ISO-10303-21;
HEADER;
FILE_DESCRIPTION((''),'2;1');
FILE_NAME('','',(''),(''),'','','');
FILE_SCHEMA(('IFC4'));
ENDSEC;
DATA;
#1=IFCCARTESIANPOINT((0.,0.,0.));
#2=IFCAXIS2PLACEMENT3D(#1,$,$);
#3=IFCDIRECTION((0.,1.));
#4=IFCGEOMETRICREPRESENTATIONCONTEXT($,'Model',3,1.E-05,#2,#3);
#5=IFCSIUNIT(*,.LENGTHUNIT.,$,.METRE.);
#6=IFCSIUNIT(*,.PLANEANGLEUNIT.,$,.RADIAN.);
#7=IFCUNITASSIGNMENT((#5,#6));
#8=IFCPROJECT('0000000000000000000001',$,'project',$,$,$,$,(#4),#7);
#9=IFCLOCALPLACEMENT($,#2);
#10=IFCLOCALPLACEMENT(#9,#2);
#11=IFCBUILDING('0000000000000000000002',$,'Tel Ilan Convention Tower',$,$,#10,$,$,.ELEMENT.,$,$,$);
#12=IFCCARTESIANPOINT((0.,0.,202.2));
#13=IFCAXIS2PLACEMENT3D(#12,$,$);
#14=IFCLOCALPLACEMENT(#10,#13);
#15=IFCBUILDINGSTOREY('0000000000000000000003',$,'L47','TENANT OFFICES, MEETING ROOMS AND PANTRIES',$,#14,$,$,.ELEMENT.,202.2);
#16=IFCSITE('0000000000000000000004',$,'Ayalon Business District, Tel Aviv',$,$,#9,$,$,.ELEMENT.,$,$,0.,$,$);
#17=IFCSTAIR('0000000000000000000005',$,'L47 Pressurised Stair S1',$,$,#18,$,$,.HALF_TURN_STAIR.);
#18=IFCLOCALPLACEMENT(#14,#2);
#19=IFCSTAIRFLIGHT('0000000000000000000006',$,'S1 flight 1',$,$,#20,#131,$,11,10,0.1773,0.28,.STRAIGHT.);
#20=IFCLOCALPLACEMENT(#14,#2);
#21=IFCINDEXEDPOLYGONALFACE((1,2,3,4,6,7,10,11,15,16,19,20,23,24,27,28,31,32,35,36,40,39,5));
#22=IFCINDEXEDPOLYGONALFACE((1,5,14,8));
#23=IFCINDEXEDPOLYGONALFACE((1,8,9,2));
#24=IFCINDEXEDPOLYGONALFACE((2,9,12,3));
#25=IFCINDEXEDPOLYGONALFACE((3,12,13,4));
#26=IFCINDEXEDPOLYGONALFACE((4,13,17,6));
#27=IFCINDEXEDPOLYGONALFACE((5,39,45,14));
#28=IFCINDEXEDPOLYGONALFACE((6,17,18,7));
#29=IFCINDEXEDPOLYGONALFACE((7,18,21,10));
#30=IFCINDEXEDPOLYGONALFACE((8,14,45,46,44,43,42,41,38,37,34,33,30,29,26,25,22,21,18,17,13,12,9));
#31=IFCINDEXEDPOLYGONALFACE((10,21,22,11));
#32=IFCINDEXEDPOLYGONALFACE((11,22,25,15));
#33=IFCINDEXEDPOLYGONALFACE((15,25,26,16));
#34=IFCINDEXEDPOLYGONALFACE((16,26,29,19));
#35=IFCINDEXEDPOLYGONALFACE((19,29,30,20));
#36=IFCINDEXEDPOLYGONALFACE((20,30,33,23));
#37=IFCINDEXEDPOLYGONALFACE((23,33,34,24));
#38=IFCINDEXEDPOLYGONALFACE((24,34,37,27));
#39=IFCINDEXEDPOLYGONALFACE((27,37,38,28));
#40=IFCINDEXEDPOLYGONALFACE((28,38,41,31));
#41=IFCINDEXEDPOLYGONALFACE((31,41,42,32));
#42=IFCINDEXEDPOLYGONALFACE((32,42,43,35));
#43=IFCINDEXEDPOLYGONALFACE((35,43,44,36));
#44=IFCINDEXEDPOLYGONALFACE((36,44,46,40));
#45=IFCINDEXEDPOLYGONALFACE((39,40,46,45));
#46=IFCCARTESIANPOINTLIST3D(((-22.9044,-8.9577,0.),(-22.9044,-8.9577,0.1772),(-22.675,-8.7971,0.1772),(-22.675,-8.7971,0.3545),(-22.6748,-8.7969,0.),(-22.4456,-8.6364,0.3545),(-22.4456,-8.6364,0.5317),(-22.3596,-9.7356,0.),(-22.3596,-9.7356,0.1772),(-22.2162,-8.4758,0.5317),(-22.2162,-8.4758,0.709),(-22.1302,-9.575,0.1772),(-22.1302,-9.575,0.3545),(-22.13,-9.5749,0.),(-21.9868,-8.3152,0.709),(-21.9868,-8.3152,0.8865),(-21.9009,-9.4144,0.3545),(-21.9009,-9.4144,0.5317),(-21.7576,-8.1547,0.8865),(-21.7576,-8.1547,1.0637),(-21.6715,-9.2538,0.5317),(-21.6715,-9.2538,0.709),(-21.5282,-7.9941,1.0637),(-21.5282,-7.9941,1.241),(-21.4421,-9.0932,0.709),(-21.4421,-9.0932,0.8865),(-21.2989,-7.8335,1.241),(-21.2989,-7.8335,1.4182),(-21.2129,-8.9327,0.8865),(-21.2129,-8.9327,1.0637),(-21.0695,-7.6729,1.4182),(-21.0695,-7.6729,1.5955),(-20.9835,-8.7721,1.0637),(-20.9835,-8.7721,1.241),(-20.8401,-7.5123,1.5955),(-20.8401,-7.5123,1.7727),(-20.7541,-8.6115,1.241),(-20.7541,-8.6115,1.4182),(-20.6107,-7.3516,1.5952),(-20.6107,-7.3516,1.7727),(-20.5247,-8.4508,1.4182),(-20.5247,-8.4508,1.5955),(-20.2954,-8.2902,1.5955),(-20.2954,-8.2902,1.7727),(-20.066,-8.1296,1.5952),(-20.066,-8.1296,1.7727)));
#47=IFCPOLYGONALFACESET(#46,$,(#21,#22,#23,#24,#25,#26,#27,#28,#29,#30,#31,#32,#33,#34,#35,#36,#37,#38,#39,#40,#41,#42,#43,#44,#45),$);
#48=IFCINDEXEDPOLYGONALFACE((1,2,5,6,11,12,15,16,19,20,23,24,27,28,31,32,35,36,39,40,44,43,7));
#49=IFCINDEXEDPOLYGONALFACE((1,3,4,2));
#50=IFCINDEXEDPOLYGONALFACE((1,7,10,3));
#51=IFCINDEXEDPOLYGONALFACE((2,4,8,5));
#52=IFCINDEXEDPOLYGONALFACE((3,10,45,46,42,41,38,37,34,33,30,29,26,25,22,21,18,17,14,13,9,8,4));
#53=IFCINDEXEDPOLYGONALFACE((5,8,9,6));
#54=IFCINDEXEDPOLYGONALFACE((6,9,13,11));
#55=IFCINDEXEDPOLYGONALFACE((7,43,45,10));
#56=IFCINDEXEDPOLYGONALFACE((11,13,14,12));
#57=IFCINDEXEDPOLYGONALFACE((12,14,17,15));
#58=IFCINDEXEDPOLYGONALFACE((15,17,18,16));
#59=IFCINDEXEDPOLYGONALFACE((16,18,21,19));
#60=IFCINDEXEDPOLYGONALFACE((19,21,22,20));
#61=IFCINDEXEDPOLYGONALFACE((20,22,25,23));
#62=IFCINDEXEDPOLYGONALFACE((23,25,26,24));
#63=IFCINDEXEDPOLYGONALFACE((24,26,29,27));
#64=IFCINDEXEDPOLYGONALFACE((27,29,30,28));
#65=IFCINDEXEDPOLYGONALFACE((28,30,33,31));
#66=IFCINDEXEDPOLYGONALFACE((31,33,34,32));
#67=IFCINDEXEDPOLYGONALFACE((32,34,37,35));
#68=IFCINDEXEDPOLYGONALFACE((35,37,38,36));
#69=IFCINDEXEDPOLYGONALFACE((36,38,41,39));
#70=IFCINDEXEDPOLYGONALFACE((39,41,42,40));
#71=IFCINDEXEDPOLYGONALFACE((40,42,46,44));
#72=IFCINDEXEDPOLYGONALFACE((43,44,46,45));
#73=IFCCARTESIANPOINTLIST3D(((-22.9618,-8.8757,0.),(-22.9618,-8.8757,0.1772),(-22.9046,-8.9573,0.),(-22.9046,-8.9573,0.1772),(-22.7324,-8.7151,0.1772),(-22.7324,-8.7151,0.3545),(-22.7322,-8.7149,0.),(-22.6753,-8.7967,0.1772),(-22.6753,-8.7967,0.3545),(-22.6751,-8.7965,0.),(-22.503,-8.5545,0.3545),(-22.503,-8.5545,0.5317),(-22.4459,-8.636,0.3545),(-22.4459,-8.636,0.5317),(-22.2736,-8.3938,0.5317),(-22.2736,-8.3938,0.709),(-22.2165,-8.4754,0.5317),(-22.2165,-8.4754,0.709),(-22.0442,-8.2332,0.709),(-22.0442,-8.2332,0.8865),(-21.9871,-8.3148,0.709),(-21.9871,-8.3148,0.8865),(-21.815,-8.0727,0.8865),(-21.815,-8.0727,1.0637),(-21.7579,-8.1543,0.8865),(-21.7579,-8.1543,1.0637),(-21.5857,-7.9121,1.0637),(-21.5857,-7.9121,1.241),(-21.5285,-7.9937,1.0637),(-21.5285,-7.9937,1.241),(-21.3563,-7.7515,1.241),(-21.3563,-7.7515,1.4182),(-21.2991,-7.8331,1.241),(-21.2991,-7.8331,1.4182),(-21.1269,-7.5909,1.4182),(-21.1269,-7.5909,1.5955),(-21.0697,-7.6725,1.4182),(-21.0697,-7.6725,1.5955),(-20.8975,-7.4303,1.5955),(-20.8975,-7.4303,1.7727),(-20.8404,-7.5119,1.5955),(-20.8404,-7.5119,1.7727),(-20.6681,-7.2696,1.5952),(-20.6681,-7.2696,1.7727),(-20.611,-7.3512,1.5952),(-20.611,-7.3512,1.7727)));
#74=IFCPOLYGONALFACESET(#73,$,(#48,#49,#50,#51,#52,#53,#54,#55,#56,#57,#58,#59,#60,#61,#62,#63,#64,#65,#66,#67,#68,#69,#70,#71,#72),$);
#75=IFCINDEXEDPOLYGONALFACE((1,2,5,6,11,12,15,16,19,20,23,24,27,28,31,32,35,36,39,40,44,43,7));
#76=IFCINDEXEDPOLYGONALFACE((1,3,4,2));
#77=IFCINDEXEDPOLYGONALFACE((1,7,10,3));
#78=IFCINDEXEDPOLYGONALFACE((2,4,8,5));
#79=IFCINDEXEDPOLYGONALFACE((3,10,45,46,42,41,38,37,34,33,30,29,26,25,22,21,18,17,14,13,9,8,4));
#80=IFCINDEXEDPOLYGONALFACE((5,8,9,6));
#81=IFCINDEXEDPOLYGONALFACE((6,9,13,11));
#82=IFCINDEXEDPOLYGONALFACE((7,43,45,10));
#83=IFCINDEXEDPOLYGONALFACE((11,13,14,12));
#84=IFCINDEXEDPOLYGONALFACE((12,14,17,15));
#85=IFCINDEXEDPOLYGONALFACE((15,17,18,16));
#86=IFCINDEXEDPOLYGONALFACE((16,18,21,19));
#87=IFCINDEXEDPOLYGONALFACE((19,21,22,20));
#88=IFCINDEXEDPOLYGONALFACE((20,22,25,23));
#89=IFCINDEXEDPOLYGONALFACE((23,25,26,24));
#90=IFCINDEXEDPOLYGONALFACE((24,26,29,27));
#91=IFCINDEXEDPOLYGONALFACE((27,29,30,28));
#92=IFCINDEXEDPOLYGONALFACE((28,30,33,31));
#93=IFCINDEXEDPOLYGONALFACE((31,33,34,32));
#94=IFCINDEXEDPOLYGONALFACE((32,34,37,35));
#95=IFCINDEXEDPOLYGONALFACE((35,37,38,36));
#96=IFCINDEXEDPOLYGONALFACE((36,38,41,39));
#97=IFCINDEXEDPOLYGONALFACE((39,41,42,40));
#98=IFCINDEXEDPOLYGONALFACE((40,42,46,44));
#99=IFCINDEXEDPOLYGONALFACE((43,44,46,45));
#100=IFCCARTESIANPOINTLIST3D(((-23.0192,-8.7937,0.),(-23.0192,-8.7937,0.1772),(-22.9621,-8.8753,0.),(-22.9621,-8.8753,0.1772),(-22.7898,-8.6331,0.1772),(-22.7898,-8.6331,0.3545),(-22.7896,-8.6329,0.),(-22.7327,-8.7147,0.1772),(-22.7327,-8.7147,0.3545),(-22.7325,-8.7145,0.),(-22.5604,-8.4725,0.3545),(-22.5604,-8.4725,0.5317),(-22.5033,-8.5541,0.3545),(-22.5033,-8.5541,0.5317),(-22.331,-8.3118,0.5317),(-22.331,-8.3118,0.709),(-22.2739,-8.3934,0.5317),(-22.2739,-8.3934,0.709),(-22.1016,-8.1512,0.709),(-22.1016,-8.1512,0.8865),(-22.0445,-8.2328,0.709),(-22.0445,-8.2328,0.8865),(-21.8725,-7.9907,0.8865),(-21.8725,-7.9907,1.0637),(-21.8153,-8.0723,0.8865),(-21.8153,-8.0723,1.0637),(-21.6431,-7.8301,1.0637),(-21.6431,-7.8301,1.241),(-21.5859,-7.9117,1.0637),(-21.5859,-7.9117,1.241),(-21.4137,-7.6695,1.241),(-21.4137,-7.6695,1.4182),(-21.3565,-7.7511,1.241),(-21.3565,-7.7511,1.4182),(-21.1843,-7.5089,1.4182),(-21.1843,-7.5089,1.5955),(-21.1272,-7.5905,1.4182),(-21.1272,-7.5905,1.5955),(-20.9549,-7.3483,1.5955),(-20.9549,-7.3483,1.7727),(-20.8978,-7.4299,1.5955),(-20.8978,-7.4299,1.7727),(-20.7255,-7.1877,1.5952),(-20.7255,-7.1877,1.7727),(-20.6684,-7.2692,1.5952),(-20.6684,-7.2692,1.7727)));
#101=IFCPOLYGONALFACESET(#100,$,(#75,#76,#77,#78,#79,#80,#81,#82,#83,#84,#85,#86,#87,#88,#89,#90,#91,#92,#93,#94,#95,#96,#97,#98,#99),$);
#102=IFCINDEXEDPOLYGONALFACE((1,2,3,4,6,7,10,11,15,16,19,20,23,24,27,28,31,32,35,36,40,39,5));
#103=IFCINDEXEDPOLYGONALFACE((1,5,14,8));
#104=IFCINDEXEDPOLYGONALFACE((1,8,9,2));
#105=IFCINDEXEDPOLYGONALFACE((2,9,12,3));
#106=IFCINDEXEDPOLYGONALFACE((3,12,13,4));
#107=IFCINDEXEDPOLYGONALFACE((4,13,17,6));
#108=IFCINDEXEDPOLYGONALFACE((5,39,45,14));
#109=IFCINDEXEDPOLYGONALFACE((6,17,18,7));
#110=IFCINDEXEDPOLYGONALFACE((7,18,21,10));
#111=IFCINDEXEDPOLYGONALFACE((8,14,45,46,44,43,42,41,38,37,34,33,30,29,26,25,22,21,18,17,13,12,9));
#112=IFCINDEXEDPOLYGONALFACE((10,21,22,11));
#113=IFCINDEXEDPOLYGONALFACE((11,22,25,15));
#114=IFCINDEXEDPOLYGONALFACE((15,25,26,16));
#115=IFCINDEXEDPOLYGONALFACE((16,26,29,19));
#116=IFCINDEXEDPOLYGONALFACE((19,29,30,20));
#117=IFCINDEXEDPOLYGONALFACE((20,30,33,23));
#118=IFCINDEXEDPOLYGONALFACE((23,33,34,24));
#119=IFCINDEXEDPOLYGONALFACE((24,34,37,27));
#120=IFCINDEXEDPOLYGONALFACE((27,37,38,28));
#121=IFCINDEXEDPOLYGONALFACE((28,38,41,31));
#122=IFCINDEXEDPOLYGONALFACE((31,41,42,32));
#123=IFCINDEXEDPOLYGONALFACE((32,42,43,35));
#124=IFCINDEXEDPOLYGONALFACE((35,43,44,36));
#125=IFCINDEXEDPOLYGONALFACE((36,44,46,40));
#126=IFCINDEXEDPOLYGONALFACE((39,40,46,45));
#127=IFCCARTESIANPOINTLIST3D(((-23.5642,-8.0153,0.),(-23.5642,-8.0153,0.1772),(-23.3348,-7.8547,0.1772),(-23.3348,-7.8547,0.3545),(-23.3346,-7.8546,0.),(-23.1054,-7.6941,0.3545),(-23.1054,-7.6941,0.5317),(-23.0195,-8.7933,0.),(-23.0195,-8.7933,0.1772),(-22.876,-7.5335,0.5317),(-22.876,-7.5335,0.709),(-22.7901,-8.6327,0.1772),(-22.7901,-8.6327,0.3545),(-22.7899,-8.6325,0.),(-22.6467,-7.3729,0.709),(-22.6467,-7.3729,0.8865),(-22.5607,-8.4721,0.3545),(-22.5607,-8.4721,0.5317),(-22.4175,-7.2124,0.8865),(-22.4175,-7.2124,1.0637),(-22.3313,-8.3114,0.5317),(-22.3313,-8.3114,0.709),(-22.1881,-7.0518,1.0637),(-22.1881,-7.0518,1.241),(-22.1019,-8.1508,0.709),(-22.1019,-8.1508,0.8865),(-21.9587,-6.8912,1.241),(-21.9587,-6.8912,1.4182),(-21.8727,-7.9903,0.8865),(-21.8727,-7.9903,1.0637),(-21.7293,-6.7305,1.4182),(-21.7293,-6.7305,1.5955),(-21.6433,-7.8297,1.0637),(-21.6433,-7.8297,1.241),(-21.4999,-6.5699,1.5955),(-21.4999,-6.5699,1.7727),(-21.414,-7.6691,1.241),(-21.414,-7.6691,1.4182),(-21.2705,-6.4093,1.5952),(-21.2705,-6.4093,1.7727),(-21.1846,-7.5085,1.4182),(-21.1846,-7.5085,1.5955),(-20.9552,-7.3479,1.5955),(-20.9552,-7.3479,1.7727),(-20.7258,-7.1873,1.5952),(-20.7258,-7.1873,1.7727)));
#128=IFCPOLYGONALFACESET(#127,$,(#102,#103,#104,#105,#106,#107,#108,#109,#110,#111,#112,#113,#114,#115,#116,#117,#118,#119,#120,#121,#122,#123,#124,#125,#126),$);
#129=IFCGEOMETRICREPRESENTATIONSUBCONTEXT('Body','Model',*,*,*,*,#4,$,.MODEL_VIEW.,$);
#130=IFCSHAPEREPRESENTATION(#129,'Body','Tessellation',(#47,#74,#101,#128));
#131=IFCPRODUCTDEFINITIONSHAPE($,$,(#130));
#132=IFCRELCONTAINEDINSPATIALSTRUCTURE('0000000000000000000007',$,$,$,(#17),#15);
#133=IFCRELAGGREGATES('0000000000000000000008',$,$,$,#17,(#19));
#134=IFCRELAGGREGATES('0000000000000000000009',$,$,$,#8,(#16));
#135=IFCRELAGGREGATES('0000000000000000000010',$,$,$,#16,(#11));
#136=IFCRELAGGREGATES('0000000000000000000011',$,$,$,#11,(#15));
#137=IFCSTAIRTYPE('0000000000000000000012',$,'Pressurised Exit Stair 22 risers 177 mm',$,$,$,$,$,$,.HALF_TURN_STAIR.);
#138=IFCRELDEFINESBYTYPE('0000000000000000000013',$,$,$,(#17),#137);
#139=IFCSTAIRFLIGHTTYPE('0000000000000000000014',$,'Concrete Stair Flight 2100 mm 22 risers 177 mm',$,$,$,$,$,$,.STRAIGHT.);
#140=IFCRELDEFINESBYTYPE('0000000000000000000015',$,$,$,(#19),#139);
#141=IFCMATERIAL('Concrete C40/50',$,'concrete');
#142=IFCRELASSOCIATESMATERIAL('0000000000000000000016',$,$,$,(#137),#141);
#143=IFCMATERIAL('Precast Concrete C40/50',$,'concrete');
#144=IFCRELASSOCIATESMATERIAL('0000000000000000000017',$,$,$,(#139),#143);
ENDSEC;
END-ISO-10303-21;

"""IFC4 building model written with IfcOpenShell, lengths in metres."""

from ifc_helpers import new_model, si_unit, direction, frame, origin, place, context, subcontext, project, spatial, polyline, outline, extrude, material, type_object, element, aggregate, save


model = new_model("IFC4")

# Units and contexts
model_context = context("Model", 3, precision=1e-05, world=origin(), true_north=direction((0.0, 1.0)))
body_context = subcontext(model_context, "Body", "Model", "MODEL_VIEW")
ifc_project = project(units=[si_unit("LENGTHUNIT", "METRE"), si_unit("PLANEANGLEUNIT", "RADIAN")], contexts=[model_context])

# Site, building, storey
site_placement = place(None, origin())
site = spatial("IfcSite", under=ifc_project, at=site_placement, Name="Ayalon Business District, Tel Aviv", CompositionType="ELEMENT", RefElevation=0.0)
building_placement = place(site_placement, origin())
building = spatial("IfcBuilding", under=site, at=building_placement, Name="Tel Ilan Convention Tower", CompositionType="ELEMENT")
storey_placement = place(building_placement, frame((0.0, 0.0, 202.2)))
storey = spatial("IfcBuildingStorey", under=building, at=storey_placement, Name="L47", Description="TENANT OFFICES, MEETING ROOMS AND PANTRIES", CompositionType="ELEMENT", Elevation=202.2)

# Stair, stair flight
ifc_material_1 = material(Name="Concrete C40/50", Category="concrete")
stair_type = type_object("IfcStairType", Name="Pressurised Exit Stair 22 risers 177 mm", PredefinedType="HALF_TURN_STAIR", material=ifc_material_1)
stair_1_placement = place(storey_placement, origin())
stair_1 = element("IfcStair", 1, at=stair_1_placement, inside=storey, type_object=stair_type, Name="L47 Pressurised Stair S1", PredefinedType="HALF_TURN_STAIR")
ifc_material_2 = material(Name="Precast Concrete C40/50", Category="concrete")
stair_flight_type = type_object("IfcStairFlightType", Name="Concrete Stair Flight 2100 mm 22 risers 177 mm", PredefinedType="STRAIGHT", material=ifc_material_2)
stair_flight_1_placement = place(storey_placement, frame((-22.9619, -8.8755, 0.0), z_axis=(0.0, 0.0, 1.0), x_axis=(0.819152, 0.573576, 0.0)))
stair_flight_1 = element("IfcStairFlight", 2, at=stair_flight_1_placement, type_object=stair_flight_type, Name="S1 flight 1", NumberOfRisers=11, NumberOfTreads=10, PredefinedType="STRAIGHT", RiserHeight=0.1773, TreadLength=0.28, context=body_context, shape_type="SweptSolid", body=[
    extrude(outline(polyline([(0.0, 0.0), (0.0, 0.1772), (0.28, 0.1772), (0.28, 0.3545), (0.5601, 0.3545), (0.5601, 0.5317), (0.8401, 0.5317), (0.8401, 0.709), (1.1201, 0.709), (1.1201, 0.8865), (1.3999, 0.8865), (1.3999, 1.0637), (1.6799, 1.0637), (1.6799, 1.241), (1.96, 1.241), (1.96, 1.4182), (2.24, 1.4182), (2.24, 1.5955), (2.52, 1.5955), (2.52, 1.7727), (2.8, 1.7727), (2.8, 1.95), (2.8, 1.5952), (0.2803, 0.0), (0.0, 0.0)])), frame((0.0, -0.1003, 0.0), z_axis=(0.0, -1.0, 0.0), x_axis=(1.0, 0.0, 0.0)), (0.0, 0.0, 1.0), 0.9497),
    extrude(outline(polyline([(0.0, 0.0), (0.0, 0.1772), (0.28, 0.1772), (0.28, 0.3545), (0.5601, 0.3545), (0.5601, 0.5317), (0.8401, 0.5317), (0.8401, 0.709), (1.1201, 0.709), (1.1201, 0.8865), (1.3999, 0.8865), (1.3999, 1.0637), (1.6799, 1.0637), (1.6799, 1.241), (1.96, 1.241), (1.96, 1.4182), (2.24, 1.4182), (2.24, 1.5955), (2.52, 1.5955), (2.52, 1.7727), (2.8, 1.7727), (2.8, 1.95), (2.8, 1.5952), (0.2803, 0.0), (0.0, 0.0)])), frame((0.0, -0.0002, 0.0), z_axis=(0.0, -1.0, 0.0), x_axis=(1.0, 0.0, 0.0)), (0.0, 0.0, 1.0), 0.0996),
    extrude(outline(polyline([(0.0, 0.0), (0.0, 0.1772), (0.28, 0.1772), (0.28, 0.3545), (0.5601, 0.3545), (0.5601, 0.5317), (0.8401, 0.5317), (0.8401, 0.709), (1.1201, 0.709), (1.1201, 0.8865), (1.3999, 0.8865), (1.3999, 1.0637), (1.6799, 1.0637), (1.6799, 1.241), (1.96, 1.241), (1.96, 1.4182), (2.24, 1.4182), (2.24, 1.5955), (2.52, 1.5955), (2.52, 1.7727), (2.8, 1.7727), (2.8, 1.95), (2.8, 1.5952), (0.2803, 0.0), (0.0, 0.0)])), frame((0.0, 0.0999, 0.0), z_axis=(0.0, -1.0, 0.0), x_axis=(1.0, 0.0, 0.0)), (0.0, 0.0, 1.0), 0.0996),
    extrude(outline(polyline([(0.0, 0.0), (0.0, 0.1772), (0.28, 0.1772), (0.28, 0.3545), (0.5601, 0.3545), (0.5601, 0.5317), (0.8401, 0.5317), (0.8401, 0.709), (1.1201, 0.709), (1.1201, 0.8865), (1.3999, 0.8865), (1.3999, 1.0637), (1.6799, 1.0637), (1.6799, 1.241), (1.96, 1.241), (1.96, 1.4182), (2.24, 1.4182), (2.24, 1.5955), (2.52, 1.5955), (2.52, 1.7727), (2.8, 1.7727), (2.8, 1.95), (2.8, 1.5952), (0.2803, 0.0), (0.0, 0.0)])), frame((0.0, 1.05, 0.0), z_axis=(0.0, -1.0, 0.0), x_axis=(1.0, 0.0, 0.0)), (0.0, 0.0, 1.0), 0.9497),
])
aggregate(stair_1, [stair_flight_1])

save(model, "model.ifc")
